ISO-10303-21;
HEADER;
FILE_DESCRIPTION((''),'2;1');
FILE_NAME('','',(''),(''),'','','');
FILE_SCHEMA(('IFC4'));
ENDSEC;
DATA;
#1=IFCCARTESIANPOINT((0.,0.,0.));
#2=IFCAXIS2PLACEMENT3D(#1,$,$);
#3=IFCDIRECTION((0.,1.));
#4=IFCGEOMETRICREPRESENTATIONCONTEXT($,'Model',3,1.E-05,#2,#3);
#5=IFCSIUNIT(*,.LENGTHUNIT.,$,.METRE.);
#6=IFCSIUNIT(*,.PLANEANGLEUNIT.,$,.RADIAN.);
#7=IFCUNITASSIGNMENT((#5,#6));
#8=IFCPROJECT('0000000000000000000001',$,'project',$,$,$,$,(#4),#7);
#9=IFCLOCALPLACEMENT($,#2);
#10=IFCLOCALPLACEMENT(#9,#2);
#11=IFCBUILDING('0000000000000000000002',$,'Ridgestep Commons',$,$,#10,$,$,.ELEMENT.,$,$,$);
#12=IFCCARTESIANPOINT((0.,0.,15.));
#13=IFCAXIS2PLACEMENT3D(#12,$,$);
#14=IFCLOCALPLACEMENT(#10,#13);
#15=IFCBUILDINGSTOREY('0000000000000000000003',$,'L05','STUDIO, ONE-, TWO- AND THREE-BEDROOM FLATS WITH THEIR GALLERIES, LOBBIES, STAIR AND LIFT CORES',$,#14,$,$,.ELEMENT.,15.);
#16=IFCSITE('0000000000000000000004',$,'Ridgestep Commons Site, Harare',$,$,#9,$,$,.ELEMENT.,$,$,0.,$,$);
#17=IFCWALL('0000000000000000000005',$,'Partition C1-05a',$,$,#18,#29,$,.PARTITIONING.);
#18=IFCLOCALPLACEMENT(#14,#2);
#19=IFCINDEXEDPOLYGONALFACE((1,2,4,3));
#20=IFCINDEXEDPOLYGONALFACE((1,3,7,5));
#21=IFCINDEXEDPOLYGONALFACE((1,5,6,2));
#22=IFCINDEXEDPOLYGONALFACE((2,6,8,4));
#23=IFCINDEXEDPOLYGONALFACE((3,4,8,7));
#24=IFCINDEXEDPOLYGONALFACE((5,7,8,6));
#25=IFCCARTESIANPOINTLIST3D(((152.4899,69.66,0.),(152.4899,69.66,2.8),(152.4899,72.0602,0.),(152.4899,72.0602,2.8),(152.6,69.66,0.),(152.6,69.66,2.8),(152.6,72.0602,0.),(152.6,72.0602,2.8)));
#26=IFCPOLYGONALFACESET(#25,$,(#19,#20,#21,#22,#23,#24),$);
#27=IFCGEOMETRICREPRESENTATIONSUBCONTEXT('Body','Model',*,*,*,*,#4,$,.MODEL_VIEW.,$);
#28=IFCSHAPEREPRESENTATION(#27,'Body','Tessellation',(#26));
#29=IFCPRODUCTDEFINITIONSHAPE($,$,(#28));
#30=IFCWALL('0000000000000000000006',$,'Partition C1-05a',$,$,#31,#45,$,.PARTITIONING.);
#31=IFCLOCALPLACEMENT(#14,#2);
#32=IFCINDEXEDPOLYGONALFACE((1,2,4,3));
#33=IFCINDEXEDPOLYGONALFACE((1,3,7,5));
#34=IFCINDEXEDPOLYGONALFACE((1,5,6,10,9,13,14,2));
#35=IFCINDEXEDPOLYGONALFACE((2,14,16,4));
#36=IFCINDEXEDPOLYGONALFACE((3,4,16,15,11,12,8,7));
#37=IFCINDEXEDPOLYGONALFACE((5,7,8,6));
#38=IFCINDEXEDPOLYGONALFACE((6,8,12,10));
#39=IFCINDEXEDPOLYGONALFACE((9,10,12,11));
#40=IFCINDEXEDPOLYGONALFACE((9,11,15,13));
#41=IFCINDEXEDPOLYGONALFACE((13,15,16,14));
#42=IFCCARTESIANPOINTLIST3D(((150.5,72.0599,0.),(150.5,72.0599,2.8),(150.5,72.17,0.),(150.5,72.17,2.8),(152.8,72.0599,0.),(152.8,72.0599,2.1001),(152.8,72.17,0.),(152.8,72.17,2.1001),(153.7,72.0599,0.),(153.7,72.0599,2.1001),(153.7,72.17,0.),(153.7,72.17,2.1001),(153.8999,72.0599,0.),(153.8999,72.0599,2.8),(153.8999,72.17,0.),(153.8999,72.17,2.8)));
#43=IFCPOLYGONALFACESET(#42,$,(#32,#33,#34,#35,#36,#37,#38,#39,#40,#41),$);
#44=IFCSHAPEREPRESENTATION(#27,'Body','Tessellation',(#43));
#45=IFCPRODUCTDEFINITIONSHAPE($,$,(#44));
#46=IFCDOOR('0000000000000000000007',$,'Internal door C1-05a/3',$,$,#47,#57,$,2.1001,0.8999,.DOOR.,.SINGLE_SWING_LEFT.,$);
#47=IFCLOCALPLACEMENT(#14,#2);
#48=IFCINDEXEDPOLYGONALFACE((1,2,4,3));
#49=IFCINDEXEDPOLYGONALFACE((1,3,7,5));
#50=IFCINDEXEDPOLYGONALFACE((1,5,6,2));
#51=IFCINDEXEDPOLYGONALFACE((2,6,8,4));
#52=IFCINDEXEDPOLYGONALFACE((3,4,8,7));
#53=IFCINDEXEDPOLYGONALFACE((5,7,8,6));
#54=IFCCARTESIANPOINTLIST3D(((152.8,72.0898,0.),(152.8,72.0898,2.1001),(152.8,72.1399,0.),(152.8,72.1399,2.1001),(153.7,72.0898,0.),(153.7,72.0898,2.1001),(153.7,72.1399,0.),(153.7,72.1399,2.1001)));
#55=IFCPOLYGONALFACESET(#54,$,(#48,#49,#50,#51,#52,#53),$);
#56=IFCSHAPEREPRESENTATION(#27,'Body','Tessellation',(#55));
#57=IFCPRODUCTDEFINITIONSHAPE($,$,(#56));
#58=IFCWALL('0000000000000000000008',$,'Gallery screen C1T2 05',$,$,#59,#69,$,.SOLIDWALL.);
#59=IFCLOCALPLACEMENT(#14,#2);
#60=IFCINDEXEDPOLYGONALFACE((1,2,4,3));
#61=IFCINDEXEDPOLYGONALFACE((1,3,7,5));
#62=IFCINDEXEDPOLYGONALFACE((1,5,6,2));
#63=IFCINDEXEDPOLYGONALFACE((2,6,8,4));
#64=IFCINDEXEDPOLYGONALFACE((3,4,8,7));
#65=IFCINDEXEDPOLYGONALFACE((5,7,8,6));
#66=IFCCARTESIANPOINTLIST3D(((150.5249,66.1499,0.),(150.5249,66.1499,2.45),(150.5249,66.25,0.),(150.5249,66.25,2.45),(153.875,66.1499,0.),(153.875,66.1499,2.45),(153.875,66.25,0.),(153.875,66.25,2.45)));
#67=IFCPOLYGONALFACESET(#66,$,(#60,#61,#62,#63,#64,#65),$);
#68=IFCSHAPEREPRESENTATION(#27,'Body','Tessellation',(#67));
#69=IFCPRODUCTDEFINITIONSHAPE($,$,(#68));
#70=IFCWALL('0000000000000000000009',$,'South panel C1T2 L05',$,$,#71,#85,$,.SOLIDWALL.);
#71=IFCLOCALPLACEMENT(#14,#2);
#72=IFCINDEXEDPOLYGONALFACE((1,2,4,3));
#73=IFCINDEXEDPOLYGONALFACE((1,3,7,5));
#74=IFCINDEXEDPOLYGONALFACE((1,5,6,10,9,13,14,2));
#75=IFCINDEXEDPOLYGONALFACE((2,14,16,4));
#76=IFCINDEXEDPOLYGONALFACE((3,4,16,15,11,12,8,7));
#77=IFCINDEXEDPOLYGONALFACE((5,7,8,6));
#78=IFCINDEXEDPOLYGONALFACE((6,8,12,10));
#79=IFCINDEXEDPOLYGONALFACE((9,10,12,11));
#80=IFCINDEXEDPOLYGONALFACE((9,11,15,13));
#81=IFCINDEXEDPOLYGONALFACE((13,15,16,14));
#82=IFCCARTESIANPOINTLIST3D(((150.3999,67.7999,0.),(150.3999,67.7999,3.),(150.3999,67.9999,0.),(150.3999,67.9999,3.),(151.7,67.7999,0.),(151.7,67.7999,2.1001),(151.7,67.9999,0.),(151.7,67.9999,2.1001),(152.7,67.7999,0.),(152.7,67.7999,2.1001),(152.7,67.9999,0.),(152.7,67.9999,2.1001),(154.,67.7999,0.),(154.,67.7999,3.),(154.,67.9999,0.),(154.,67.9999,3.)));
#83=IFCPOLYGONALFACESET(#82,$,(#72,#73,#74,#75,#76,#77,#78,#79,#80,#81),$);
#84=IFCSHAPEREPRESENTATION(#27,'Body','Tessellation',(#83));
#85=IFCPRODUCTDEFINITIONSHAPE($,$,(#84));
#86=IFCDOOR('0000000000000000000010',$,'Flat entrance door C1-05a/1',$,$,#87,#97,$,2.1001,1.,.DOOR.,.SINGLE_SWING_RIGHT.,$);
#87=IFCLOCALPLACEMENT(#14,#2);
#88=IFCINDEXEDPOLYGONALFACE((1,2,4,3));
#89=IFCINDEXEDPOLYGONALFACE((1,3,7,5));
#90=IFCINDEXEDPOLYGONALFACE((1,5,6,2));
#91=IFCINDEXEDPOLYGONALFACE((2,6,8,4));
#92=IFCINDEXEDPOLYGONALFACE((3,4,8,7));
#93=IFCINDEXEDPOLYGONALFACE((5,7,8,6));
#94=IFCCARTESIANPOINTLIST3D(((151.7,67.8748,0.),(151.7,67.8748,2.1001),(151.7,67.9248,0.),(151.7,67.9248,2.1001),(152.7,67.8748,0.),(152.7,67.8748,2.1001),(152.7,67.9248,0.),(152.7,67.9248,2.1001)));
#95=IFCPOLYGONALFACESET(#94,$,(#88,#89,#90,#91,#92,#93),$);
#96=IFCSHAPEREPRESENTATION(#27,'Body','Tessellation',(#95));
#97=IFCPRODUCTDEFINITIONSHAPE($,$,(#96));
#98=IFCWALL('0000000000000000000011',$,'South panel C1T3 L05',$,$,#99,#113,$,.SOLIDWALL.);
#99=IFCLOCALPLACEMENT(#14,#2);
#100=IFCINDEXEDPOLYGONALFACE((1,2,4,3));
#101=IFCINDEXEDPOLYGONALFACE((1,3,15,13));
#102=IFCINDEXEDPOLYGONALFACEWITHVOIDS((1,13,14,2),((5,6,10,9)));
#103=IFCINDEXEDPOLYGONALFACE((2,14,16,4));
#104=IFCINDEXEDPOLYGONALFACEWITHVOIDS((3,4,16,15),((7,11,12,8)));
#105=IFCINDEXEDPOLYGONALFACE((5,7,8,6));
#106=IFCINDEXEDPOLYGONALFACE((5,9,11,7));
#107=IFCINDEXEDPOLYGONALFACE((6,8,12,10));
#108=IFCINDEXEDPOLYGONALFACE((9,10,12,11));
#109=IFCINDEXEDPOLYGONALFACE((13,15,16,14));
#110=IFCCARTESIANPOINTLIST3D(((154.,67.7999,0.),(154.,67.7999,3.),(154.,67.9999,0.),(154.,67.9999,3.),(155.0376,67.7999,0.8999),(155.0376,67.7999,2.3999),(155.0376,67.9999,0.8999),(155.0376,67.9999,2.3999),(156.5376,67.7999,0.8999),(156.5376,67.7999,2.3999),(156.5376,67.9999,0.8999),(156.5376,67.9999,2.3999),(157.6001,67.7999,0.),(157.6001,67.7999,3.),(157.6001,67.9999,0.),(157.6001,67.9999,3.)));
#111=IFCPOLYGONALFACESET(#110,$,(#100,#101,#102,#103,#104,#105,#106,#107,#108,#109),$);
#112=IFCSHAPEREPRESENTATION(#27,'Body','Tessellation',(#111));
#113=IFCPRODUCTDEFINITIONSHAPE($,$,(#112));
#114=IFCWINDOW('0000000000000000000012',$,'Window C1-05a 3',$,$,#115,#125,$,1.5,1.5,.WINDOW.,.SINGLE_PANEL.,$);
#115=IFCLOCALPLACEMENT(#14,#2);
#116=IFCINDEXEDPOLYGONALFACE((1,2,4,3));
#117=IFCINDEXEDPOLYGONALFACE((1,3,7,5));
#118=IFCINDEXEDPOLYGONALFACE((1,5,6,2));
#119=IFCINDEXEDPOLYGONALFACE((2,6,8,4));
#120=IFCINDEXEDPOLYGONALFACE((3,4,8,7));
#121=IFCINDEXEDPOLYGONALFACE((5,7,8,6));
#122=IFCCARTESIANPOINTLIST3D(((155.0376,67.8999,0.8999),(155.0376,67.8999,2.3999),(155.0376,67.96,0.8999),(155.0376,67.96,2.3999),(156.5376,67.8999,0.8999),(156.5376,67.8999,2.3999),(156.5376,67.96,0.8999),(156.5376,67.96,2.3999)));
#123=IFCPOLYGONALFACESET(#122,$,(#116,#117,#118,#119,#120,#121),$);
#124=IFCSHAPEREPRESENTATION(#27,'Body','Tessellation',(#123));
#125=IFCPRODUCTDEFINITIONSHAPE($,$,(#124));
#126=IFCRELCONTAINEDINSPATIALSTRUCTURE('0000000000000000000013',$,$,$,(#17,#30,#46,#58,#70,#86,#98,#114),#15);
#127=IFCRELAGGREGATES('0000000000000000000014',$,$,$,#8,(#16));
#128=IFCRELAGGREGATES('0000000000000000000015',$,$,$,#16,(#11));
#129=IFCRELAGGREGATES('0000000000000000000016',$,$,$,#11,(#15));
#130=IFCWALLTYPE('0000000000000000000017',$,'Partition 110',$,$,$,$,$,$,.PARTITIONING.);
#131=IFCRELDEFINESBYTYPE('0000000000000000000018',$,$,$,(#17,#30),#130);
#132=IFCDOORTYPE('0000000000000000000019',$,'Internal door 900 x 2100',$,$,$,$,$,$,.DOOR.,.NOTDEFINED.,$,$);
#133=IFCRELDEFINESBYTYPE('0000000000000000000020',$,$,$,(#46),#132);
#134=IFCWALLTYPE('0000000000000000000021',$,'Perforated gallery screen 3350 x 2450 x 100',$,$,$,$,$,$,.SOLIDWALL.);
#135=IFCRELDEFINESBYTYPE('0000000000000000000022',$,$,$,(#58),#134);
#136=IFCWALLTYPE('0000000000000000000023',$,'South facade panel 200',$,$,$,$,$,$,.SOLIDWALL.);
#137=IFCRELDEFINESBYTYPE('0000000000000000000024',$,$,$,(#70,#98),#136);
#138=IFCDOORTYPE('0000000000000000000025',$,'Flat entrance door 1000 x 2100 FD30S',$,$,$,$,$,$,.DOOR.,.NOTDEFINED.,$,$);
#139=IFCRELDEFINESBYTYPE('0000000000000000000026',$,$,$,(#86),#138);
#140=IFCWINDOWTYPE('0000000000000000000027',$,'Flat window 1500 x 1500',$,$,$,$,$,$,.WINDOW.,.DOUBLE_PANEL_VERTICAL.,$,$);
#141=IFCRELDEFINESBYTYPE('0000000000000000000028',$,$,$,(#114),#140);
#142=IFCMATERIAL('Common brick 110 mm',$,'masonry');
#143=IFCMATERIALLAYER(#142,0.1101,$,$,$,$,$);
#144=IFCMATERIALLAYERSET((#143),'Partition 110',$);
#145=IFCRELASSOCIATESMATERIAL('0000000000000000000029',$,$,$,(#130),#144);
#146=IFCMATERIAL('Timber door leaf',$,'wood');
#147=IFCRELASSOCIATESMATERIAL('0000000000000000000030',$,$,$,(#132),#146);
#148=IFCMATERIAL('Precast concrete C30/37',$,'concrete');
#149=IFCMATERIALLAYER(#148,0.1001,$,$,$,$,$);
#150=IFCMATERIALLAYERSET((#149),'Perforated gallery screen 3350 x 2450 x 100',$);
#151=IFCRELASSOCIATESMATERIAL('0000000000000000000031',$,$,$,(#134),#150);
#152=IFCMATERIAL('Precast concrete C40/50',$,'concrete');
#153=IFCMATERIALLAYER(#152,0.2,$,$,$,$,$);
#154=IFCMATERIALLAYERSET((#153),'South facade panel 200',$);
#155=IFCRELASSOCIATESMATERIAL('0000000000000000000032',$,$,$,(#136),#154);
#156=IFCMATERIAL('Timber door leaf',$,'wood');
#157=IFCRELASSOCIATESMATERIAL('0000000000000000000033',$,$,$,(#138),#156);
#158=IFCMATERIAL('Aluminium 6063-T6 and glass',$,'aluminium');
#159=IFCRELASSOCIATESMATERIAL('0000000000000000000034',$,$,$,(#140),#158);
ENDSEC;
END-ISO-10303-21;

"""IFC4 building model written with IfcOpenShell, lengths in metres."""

from ifc_helpers import new_model, si_unit, direction, frame, frame_2d, origin, place, context, subcontext, project, spatial, rectangle, extrude, material, layer, layer_set, type_object, element, fill, save


model = new_model("IFC4")

# Units and contexts
model_context = context("Model", 3, precision=1e-05, world=origin(), true_north=direction((0.0, 1.0)))
body_context = subcontext(model_context, "Body", "Model", "MODEL_VIEW")
ifc_project = project(units=[si_unit("LENGTHUNIT", "METRE"), si_unit("PLANEANGLEUNIT", "RADIAN")], contexts=[model_context])

# Site, building, storey
site_placement = place(None, origin())
site = spatial("IfcSite", under=ifc_project, at=site_placement, Name="Ridgestep Commons Site, Harare", CompositionType="ELEMENT", RefElevation=0.0)
building_placement = place(site_placement, origin())
building = spatial("IfcBuilding", under=site, at=building_placement, Name="Ridgestep Commons", CompositionType="ELEMENT")
storey_placement = place(building_placement, frame((0.0, 0.0, 15.0)))
storey = spatial("IfcBuildingStorey", under=building, at=storey_placement, Name="L05", Description="STUDIO, ONE-, TWO- AND THREE-BEDROOM FLATS WITH THEIR GALLERIES, LOBBIES, STAIR AND LIFT CORES", CompositionType="ELEMENT", Elevation=15.0)

# Shared definitions
ifc_material_1 = material(Name="Common brick 110 mm", Category="masonry")
ifc_layer_1 = layer(ifc_material_1, 0.1101)
ifc_layer_set_1 = layer_set([ifc_layer_1], Name="Partition 110")
wall_type_1 = type_object("IfcWallType", Name="Partition 110", PredefinedType="PARTITIONING", material=ifc_layer_set_1)

# Wall
wall_1_placement = place(storey_placement, frame((152.5449, 69.6599, 0.0), z_axis=(0.0, 0.0, 1.0), x_axis=(0.0, 1.0, 0.0)))
element("IfcWall", 1, at=wall_1_placement, inside=storey, type_object=wall_type_1, Name="Partition C1-05a", PredefinedType="PARTITIONING", context=body_context, shape_type="SweptSolid", body=[
    extrude(rectangle(XDim=2.4001, YDim=0.1101, at=frame_2d((1.2002, 0.0))), origin(), (0.0, 0.0, 1.0), 2.8),
])

# Wall, opening, door
wall_2_placement = place(storey_placement, frame((150.5, 72.115, 0.0), z_axis=(0.0, 0.0, 1.0), x_axis=(1.0, 0.0, 0.0)))
wall_2 = element("IfcWall", 2, at=wall_2_placement, inside=storey, type_object=wall_type_1, Name="Partition C1-05a", PredefinedType="PARTITIONING", context=body_context, shape_type="SweptSolid", body=[
    extrude(rectangle(XDim=3.3999, YDim=0.1101, at=frame_2d((1.7, 0.0))), origin(), (0.0, 0.0, 1.0), 2.8),
])
opening_1_placement = place(wall_2_placement, frame((2.3, 0.0, 0.0)))
opening_1 = element("IfcOpeningElement", 3, at=opening_1_placement, cuts=wall_2, PredefinedType="OPENING", context=body_context, shape_type="SweptSolid", body=[
    extrude(rectangle(XDim=0.8999, YDim=2.1001, at=frame_2d((0.45, 1.05))), frame((0.0, 0.0649, 0.0), z_axis=(0.0, -1.0, 0.0), x_axis=(1.0, 0.0, 0.0)), (0.0, 0.0, 1.0), 0.1301),
])
ifc_material_2 = material(Name="Timber door leaf", Category="wood")
door_type_1 = type_object("IfcDoorType", Name="Internal door 900 x 2100", OperationType="NOTDEFINED", PredefinedType="DOOR", material=ifc_material_2)
door_1_placement = place(opening_1_placement, origin())
door_1 = element("IfcDoor", 4, at=door_1_placement, inside=storey, type_object=door_type_1, Name="Internal door C1-05a/3", OperationType="SINGLE_SWING_LEFT", OverallHeight=2.1001, OverallWidth=0.8999, PredefinedType="DOOR", context=body_context, shape_type="SweptSolid", body=[
    extrude(rectangle(XDim=0.8999, YDim=2.1001, at=frame_2d((0.45, 1.05))), frame((0.0, 0.0249, 0.0), z_axis=(0.0, -1.0, 0.0), x_axis=(1.0, 0.0, 0.0)), (0.0, 0.0, 1.0), 0.05),
])
fill(opening_1, door_1)

# Wall
ifc_material_3 = material(Name="Precast concrete C30/37", Category="concrete")
ifc_layer_2 = layer(ifc_material_3, 0.1001)
ifc_layer_set_2 = layer_set([ifc_layer_2], Name="Perforated gallery screen 3350 x 2450 x 100")
wall_type_2 = type_object("IfcWallType", Name="Perforated gallery screen 3350 x 2450 x 100", PredefinedType="SOLIDWALL", material=ifc_layer_set_2)
wall_3_placement = place(storey_placement, frame((150.5249, 66.2, 0.0), z_axis=(0.0, 0.0, 1.0), x_axis=(1.0, 0.0, 0.0)))
element("IfcWall", 5, at=wall_3_placement, inside=storey, type_object=wall_type_2, Name="Gallery screen C1T2 05", PredefinedType="SOLIDWALL", context=body_context, shape_type="SweptSolid", body=[
    extrude(rectangle(XDim=3.3501, YDim=0.1001, at=frame_2d((1.675, 0.0))), origin(), (0.0, 0.0, 1.0), 2.45),
])

# Wall, opening, door
ifc_material_4 = material(Name="Precast concrete C40/50", Category="concrete")
ifc_layer_3 = layer(ifc_material_4, 0.2)
ifc_layer_set_3 = layer_set([ifc_layer_3], Name="South facade panel 200")
wall_type_3 = type_object("IfcWallType", Name="South facade panel 200", PredefinedType="SOLIDWALL", material=ifc_layer_set_3)
wall_4_placement = place(storey_placement, frame((150.3999, 67.8999, 0.0), z_axis=(0.0, 0.0, 1.0), x_axis=(1.0, 0.0, 0.0)))
wall_4 = element("IfcWall", 6, at=wall_4_placement, inside=storey, type_object=wall_type_3, Name="South panel C1T2 L05", PredefinedType="SOLIDWALL", context=body_context, shape_type="SweptSolid", body=[
    extrude(rectangle(XDim=3.6001, YDim=0.2, at=frame_2d((1.8, 0.0))), origin(), (0.0, 0.0, 1.0), 3.0),
])
opening_2_placement = place(wall_4_placement, frame((1.3, 0.0, 0.0)))
opening_2 = element("IfcOpeningElement", 7, at=opening_2_placement, cuts=wall_4, PredefinedType="OPENING", context=body_context, shape_type="SweptSolid", body=[
    extrude(rectangle(XDim=1.0, YDim=2.1001, at=frame_2d((0.5, 1.05))), frame((0.0, 0.1099, 0.0), z_axis=(0.0, -1.0, 0.0), x_axis=(1.0, 0.0, 0.0)), (0.0, 0.0, 1.0), 0.22),
])
ifc_material_5 = material(Name="Timber door leaf", Category="wood")
door_type_2 = type_object("IfcDoorType", Name="Flat entrance door 1000 x 2100 FD30S", OperationType="NOTDEFINED", PredefinedType="DOOR", material=ifc_material_5)
door_2_placement = place(opening_2_placement, origin())
door_2 = element("IfcDoor", 8, at=door_2_placement, inside=storey, type_object=door_type_2, Name="Flat entrance door C1-05a/1", OperationType="SINGLE_SWING_RIGHT", OverallHeight=2.1001, OverallWidth=1.0, PredefinedType="DOOR", context=body_context, shape_type="SweptSolid", body=[
    extrude(rectangle(XDim=1.0, YDim=2.1001, at=frame_2d((0.5, 1.05))), frame((0.0, 0.0249, 0.0), z_axis=(0.0, -1.0, 0.0), x_axis=(1.0, 0.0, 0.0)), (0.0, 0.0, 1.0), 0.05),
])
fill(opening_2, door_2)

# Wall, opening, window
wall_5_placement = place(storey_placement, frame((154.0, 67.8999, 0.0), z_axis=(0.0, 0.0, 1.0), x_axis=(1.0, 0.0, 0.0)))
wall_5 = element("IfcWall", 9, at=wall_5_placement, inside=storey, type_object=wall_type_3, Name="South panel C1T3 L05", PredefinedType="SOLIDWALL", context=body_context, shape_type="SweptSolid", body=[
    extrude(rectangle(XDim=3.6001, YDim=0.2, at=frame_2d((1.8, 0.0))), origin(), (0.0, 0.0, 1.0), 3.0),
])
opening_3_placement = place(wall_5_placement, frame((1.0376, 0.0, 0.8999)))
opening_3 = element("IfcOpeningElement", 10, at=opening_3_placement, cuts=wall_5, PredefinedType="OPENING", context=body_context, shape_type="SweptSolid", body=[
    extrude(rectangle(XDim=1.5, YDim=1.5, at=frame_2d((0.75, 0.75))), frame((0.0, 0.1099, 0.0), z_axis=(0.0, -1.0, 0.0), x_axis=(1.0, 0.0, 0.0)), (0.0, 0.0, 1.0), 0.22),
])
ifc_material_6 = material(Name="Aluminium 6063-T6 and glass", Category="aluminium")
window_type = type_object("IfcWindowType", Name="Flat window 1500 x 1500", PartitioningType="DOUBLE_PANEL_VERTICAL", PredefinedType="WINDOW", material=ifc_material_6)
window_placement = place(opening_3_placement, origin())
window = element("IfcWindow", 11, at=window_placement, inside=storey, type_object=window_type, Name="Window C1-05a 3", OverallHeight=1.5, OverallWidth=1.5, PartitioningType="SINGLE_PANEL", PredefinedType="WINDOW", context=body_context, shape_type="SweptSolid", body=[
    extrude(rectangle(XDim=1.5, YDim=1.5, at=frame_2d((0.75, 0.75))), frame((0.0, 0.0601, 0.0), z_axis=(0.0, -1.0, 0.0), x_axis=(1.0, 0.0, 0.0)), (0.0, 0.0, 1.0), 0.0601),
])
fill(opening_3, window)

save(model, "model.ifc")
